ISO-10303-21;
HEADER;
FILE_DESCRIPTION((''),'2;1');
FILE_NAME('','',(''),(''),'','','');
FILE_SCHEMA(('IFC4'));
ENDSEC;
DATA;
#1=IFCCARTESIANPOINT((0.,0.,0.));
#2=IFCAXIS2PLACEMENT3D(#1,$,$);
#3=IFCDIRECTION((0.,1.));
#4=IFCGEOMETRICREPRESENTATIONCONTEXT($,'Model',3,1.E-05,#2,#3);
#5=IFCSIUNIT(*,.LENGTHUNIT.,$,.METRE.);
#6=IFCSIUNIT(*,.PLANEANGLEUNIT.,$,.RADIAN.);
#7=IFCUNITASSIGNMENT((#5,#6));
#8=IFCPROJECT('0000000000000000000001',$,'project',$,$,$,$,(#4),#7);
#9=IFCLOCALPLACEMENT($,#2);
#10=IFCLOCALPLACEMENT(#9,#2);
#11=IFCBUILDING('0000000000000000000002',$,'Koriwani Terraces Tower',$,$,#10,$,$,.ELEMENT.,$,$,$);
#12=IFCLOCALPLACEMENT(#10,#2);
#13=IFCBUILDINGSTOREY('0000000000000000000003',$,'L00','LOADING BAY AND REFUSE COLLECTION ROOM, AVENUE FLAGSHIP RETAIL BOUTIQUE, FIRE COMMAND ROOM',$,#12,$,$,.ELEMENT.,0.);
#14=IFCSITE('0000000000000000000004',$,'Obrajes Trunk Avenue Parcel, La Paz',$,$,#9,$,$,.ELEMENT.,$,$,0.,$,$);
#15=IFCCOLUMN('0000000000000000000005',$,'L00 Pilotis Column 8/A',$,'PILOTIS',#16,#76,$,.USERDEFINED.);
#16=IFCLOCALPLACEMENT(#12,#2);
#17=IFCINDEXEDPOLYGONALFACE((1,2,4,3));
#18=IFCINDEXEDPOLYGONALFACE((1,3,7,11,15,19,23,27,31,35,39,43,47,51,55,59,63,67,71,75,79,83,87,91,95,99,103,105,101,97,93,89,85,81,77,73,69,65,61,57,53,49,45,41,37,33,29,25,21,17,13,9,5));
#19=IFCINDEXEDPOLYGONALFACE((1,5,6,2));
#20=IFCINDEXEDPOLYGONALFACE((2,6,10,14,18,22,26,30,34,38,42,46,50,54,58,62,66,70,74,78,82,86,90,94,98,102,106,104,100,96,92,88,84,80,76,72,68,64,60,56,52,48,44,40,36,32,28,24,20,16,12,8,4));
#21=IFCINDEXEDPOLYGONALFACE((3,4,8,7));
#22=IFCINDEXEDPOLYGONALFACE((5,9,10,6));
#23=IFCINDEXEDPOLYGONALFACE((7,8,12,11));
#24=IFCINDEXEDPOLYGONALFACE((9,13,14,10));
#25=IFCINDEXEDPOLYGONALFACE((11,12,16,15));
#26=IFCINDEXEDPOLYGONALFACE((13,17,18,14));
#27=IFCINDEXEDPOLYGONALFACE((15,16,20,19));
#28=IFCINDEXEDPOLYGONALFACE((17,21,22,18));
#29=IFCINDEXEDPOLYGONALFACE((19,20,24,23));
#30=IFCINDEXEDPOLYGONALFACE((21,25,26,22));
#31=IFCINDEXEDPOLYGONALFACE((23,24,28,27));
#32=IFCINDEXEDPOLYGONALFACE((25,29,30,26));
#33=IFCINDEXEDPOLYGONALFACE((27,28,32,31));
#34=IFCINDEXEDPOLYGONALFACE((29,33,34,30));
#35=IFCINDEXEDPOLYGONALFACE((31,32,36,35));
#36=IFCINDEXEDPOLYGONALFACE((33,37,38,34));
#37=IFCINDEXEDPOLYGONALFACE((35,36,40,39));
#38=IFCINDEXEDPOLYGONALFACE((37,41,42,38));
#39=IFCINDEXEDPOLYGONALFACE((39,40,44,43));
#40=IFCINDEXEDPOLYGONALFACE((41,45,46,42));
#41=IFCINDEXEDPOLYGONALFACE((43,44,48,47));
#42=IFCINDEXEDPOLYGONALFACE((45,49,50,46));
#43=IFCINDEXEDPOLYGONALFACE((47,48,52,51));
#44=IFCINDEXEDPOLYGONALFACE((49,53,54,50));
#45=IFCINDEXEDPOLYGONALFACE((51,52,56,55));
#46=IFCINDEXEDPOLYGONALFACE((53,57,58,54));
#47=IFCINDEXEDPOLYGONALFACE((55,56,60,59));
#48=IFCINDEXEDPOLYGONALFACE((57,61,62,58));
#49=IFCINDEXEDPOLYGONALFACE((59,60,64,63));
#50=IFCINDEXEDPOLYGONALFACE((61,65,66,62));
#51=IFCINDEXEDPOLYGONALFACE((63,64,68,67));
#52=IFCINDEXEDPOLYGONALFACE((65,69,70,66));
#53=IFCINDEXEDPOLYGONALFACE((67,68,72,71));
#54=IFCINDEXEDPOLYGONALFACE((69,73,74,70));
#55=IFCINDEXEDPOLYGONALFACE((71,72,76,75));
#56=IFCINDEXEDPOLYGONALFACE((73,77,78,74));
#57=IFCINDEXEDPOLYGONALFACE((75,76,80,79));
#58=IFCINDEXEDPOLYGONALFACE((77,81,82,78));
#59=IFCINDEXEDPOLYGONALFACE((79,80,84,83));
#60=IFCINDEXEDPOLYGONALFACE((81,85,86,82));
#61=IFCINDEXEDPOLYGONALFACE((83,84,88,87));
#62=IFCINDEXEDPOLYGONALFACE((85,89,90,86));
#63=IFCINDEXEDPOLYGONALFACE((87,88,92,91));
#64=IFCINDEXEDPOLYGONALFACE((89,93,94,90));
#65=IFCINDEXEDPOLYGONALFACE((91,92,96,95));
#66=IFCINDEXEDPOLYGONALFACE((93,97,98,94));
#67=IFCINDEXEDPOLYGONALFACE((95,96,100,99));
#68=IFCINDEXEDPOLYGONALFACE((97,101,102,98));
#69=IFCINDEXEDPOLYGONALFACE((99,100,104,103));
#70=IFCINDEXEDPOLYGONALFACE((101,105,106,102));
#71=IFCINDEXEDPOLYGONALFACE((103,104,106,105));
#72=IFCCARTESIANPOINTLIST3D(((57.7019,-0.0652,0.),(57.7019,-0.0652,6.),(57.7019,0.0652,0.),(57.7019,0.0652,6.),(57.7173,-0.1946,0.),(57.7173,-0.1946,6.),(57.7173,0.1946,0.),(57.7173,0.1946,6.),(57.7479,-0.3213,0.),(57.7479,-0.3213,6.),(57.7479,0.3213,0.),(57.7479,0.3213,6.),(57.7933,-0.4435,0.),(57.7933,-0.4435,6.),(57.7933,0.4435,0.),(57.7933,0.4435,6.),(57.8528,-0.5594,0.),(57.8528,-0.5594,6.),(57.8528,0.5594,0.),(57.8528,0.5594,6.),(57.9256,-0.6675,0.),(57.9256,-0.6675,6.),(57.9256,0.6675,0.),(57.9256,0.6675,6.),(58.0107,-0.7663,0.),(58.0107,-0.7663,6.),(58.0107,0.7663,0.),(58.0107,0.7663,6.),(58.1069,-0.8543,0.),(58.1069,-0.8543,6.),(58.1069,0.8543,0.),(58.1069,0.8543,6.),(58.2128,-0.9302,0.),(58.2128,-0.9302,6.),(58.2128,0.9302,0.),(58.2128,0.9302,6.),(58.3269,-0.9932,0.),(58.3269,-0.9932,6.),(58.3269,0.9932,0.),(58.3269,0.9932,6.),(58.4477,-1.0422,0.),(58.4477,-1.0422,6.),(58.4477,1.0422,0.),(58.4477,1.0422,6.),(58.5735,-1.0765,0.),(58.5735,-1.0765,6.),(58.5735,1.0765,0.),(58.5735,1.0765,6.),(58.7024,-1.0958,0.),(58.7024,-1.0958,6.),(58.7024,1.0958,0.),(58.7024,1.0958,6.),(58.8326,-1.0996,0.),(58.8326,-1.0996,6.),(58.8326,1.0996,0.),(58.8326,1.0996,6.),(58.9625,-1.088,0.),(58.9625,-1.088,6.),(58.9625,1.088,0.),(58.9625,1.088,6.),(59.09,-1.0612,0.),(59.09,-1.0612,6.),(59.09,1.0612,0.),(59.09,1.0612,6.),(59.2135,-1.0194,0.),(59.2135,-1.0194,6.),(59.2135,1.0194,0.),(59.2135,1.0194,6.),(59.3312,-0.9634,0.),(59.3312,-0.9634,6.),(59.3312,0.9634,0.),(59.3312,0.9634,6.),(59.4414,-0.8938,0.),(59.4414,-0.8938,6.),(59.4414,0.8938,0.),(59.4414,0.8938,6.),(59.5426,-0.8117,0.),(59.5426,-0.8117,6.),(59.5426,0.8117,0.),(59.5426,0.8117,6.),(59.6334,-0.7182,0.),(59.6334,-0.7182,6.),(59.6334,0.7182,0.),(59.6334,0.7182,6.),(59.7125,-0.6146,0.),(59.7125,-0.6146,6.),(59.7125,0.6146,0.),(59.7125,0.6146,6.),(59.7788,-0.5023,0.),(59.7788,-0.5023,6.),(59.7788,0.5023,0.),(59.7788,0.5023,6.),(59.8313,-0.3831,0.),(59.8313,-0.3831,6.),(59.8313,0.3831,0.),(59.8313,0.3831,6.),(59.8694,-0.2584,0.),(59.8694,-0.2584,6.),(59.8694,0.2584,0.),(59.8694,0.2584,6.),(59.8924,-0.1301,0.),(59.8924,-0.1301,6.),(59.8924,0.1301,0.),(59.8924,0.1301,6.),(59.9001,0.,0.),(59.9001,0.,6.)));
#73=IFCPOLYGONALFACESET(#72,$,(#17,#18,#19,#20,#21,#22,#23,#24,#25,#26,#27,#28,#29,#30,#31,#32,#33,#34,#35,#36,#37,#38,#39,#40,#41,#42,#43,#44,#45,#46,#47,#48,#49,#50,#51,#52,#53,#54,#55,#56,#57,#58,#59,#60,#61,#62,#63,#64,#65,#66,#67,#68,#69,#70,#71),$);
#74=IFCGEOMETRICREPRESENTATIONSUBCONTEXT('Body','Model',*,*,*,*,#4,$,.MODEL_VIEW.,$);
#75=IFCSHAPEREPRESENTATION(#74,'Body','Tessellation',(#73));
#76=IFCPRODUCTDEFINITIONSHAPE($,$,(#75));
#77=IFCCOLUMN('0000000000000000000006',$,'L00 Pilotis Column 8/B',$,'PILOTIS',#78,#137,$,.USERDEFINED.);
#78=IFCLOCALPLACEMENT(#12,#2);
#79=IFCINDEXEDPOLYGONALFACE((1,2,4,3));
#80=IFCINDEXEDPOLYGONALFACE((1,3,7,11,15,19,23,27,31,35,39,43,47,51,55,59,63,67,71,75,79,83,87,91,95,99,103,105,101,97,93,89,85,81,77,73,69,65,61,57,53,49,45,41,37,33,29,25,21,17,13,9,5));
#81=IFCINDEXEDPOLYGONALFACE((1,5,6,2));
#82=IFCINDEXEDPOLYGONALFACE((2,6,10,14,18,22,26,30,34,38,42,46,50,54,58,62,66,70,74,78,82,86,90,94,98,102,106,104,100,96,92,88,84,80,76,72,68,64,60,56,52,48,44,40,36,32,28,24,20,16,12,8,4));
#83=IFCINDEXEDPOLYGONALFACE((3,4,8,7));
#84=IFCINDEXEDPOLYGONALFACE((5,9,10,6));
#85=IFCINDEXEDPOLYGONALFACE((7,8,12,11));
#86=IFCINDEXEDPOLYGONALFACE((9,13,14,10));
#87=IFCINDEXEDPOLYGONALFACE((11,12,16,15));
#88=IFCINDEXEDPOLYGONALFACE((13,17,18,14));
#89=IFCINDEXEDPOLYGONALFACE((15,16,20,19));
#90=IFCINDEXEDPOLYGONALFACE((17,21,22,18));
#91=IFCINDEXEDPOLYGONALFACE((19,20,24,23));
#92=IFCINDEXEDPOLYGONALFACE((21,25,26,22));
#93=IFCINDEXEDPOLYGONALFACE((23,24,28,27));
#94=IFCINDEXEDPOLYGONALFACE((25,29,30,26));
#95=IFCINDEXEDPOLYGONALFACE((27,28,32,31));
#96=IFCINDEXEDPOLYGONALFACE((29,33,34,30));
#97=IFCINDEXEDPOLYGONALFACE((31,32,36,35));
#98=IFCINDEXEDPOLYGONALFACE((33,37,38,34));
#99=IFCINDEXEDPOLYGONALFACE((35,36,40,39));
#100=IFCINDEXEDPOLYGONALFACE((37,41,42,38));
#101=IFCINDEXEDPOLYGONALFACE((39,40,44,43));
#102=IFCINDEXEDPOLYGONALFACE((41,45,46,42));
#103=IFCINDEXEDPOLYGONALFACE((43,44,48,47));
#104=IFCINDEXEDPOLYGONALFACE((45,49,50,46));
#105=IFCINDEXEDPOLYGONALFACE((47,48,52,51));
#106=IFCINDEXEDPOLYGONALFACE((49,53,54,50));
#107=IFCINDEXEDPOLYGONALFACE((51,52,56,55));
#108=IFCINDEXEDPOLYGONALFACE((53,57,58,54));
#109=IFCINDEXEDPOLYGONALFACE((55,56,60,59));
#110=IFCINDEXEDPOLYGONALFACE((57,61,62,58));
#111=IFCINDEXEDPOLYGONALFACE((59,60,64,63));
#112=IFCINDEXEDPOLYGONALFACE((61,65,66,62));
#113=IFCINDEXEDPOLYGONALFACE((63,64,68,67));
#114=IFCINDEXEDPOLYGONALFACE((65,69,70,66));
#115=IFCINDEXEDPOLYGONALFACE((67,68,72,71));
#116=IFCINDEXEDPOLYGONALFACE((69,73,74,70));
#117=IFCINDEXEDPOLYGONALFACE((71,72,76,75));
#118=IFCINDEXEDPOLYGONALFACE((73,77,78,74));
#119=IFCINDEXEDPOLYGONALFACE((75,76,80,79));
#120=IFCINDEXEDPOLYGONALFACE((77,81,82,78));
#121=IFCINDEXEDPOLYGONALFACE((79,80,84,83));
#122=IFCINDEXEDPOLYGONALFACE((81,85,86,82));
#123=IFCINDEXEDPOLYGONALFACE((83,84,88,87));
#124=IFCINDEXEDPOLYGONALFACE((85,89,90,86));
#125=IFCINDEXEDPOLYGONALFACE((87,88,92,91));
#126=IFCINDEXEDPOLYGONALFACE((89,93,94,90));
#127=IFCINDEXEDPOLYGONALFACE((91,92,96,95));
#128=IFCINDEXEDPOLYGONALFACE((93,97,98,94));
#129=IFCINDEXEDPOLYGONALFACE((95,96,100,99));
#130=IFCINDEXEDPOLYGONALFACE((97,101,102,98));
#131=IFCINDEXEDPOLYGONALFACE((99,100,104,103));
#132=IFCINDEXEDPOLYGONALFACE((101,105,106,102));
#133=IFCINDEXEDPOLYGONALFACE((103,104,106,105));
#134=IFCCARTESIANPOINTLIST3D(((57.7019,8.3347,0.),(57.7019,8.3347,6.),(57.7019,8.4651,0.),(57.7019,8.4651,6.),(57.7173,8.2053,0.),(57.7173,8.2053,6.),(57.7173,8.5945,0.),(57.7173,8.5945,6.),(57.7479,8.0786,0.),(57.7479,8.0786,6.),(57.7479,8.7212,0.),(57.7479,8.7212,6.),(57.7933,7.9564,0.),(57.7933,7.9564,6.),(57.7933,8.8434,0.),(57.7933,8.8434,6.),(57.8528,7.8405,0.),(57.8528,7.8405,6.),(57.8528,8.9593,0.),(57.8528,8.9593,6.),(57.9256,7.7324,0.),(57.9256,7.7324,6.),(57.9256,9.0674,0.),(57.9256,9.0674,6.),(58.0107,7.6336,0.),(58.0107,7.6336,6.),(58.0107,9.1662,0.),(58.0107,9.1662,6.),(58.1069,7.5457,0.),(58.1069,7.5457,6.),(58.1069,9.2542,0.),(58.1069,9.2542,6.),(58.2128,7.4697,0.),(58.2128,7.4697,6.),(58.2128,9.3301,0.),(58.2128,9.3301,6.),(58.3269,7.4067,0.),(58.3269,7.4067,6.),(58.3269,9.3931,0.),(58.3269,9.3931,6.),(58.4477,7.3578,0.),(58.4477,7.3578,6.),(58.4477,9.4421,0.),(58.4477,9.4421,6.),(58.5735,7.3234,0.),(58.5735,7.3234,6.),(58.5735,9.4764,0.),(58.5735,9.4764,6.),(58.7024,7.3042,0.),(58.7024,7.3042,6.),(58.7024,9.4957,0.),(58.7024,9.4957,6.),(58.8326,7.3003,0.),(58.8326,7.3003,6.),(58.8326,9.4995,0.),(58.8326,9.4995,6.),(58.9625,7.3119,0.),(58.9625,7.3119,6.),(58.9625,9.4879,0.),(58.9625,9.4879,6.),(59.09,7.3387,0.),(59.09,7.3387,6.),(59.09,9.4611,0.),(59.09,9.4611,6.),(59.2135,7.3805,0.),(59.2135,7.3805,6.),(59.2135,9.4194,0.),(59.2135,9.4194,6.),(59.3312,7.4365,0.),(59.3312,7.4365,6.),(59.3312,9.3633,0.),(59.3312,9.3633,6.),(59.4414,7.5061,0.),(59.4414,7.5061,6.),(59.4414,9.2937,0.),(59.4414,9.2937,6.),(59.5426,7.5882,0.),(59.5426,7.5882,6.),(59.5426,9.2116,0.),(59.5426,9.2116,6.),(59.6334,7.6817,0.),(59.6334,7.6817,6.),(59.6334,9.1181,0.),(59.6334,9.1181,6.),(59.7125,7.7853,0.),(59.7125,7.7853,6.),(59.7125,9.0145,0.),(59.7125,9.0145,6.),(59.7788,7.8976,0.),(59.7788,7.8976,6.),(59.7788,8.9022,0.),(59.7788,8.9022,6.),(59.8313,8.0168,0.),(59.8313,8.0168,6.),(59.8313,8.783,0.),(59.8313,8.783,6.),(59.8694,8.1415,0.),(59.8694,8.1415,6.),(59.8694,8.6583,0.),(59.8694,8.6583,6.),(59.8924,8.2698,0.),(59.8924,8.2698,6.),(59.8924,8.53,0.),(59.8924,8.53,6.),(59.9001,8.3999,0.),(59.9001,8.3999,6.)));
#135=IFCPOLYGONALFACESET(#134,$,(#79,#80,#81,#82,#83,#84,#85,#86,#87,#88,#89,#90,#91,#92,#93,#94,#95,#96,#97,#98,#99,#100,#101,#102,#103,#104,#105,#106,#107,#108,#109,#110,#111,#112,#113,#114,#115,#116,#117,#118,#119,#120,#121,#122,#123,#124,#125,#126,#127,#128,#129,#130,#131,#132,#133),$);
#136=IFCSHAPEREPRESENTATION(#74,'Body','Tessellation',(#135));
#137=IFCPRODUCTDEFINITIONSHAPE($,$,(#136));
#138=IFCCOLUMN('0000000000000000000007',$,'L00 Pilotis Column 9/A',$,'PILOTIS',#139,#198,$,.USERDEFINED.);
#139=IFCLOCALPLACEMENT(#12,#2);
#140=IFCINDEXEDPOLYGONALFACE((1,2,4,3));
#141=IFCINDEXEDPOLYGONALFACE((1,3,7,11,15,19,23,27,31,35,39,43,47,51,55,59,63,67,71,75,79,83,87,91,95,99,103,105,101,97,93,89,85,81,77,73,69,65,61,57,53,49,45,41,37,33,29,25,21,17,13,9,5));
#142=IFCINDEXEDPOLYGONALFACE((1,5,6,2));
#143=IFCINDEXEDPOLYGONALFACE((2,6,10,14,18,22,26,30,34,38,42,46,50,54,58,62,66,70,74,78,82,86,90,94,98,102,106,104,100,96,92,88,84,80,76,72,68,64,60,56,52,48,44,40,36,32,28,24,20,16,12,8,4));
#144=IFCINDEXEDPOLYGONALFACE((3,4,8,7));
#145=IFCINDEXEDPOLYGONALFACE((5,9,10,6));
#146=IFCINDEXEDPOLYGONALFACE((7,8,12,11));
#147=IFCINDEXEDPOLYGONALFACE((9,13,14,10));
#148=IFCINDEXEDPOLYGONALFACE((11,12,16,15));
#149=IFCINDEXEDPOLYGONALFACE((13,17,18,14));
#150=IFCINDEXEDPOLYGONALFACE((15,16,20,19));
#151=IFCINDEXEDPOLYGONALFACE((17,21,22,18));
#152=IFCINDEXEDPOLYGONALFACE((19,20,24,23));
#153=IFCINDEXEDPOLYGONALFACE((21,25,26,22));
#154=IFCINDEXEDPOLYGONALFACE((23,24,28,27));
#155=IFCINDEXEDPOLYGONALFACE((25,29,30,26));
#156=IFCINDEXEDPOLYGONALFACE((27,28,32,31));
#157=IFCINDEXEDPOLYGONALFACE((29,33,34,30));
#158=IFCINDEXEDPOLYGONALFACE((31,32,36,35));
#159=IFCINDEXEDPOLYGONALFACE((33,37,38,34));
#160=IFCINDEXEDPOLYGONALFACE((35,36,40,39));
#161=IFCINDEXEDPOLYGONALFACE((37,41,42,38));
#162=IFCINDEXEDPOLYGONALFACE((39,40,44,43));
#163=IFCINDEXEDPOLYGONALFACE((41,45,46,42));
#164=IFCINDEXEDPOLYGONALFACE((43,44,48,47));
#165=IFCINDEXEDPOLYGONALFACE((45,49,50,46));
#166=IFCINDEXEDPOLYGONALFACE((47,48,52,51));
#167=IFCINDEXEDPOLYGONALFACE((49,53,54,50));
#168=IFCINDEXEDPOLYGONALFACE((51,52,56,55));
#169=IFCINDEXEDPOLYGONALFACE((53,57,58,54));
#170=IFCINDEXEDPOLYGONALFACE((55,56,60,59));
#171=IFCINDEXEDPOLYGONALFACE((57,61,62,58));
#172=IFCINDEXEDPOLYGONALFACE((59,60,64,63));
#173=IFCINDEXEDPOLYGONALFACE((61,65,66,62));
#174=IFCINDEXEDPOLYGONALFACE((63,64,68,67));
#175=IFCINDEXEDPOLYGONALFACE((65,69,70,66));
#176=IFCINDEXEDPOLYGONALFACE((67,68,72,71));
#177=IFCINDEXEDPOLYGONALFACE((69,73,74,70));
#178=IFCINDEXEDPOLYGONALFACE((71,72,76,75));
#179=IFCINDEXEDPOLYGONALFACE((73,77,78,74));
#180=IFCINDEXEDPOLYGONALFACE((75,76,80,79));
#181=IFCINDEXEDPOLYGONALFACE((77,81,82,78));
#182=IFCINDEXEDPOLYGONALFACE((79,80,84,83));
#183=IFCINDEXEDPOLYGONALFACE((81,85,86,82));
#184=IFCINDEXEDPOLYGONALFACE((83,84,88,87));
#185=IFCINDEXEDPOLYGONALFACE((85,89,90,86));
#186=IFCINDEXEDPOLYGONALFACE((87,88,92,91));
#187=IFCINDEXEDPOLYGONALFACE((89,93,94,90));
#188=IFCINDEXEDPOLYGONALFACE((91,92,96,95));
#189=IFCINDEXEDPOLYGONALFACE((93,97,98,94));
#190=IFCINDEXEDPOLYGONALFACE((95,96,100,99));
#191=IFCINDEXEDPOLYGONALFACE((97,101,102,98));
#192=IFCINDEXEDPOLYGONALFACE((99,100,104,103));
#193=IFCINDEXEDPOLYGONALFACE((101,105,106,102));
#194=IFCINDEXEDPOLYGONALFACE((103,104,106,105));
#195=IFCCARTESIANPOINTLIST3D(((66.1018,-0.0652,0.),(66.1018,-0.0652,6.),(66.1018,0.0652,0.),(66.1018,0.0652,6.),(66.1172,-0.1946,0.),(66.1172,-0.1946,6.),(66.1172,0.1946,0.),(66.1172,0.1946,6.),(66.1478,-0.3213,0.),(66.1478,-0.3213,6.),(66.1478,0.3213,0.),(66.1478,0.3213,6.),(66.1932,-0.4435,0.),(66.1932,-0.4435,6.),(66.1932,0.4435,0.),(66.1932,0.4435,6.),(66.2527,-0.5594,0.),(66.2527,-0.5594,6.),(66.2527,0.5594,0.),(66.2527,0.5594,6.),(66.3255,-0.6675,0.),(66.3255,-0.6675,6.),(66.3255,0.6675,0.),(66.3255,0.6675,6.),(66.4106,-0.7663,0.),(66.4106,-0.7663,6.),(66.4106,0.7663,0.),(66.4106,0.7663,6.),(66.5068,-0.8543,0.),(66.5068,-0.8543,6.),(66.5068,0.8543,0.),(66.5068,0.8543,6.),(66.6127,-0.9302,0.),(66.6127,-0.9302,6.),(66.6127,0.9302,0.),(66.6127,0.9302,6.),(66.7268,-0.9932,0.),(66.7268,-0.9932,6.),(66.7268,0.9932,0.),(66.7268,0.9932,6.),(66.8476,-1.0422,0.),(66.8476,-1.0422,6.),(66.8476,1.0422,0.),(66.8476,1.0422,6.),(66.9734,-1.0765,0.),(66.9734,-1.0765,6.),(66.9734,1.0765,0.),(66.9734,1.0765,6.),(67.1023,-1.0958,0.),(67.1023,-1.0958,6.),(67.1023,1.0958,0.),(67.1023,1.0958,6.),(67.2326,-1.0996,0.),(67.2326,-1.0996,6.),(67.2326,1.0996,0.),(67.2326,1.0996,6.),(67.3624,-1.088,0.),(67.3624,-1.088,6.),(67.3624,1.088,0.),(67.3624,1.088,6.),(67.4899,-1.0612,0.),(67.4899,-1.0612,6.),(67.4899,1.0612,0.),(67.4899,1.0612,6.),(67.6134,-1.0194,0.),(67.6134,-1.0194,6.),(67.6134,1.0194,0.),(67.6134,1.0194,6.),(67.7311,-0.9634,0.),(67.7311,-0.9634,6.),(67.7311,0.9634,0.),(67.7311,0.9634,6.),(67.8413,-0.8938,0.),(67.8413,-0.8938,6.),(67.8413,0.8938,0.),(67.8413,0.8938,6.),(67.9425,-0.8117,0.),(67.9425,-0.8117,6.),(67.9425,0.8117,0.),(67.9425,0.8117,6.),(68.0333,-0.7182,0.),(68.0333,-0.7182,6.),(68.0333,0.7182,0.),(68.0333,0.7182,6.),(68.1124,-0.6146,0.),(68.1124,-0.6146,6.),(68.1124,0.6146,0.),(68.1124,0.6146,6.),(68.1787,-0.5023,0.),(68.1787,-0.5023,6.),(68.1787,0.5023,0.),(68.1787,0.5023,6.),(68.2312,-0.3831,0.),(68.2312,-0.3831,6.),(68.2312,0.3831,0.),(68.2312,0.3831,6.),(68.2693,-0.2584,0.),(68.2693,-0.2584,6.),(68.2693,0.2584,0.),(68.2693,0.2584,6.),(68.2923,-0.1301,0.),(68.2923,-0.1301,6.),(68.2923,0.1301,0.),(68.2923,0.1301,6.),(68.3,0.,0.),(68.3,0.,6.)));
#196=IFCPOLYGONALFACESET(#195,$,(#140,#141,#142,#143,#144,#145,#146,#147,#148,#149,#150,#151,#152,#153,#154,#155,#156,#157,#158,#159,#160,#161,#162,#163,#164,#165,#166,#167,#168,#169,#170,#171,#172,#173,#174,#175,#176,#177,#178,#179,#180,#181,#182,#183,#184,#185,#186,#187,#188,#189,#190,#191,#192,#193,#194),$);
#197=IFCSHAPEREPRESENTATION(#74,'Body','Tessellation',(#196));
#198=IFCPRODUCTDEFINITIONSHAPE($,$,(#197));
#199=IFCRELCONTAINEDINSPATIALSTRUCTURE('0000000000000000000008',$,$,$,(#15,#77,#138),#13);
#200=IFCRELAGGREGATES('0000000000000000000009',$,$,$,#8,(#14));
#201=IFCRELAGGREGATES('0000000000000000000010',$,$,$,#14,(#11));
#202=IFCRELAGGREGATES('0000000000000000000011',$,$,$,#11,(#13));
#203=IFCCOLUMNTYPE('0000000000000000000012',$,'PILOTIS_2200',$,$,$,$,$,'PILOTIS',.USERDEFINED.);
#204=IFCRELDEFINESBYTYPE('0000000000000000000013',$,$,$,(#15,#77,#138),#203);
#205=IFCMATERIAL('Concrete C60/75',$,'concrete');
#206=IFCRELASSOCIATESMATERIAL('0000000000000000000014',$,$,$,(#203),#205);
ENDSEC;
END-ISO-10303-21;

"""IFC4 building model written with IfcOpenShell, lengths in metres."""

from ifc_helpers import new_model, si_unit, direction, frame, origin, origin_2d, place, context, subcontext, project, spatial, circle, extrude, material, material_profile, profile_set, type_object, element, save


model = new_model("IFC4")

# Units and contexts
model_context = context("Model", 3, precision=1e-05, world=origin(), true_north=direction((0.0, 1.0)))
body_context = subcontext(model_context, "Body", "Model", "MODEL_VIEW")
ifc_project = project(units=[si_unit("LENGTHUNIT", "METRE"), si_unit("PLANEANGLEUNIT", "RADIAN")], contexts=[model_context])

# Site, building, storey
site_placement = place(None, origin())
site = spatial("IfcSite", under=ifc_project, at=site_placement, Name="Obrajes Trunk Avenue Parcel, La Paz", CompositionType="ELEMENT", RefElevation=0.0)
building_placement = place(site_placement, origin())
building = spatial("IfcBuilding", under=site, at=building_placement, Name="Koriwani Terraces Tower", CompositionType="ELEMENT")
storey_placement = place(building_placement, origin())
storey = spatial("IfcBuildingStorey", under=building, at=storey_placement, Name="L00", Description="LOADING BAY AND REFUSE COLLECTION ROOM, AVENUE FLAGSHIP RETAIL BOUTIQUE, FIRE COMMAND ROOM", CompositionType="ELEMENT", Elevation=0.0)

# Columns
ifc_material_1 = material(Name="Concrete C60/75", Category="concrete")
ifc_material_profile_1 = material_profile(ifc_material_1, circle(Radius=1.1001, at=origin_2d()), Name="Concrete C60/75", Category="LoadBearing")
ifc_profile_set_1 = profile_set([ifc_material_profile_1], Name="Concrete C60/75")
column_type = type_object("IfcColumnType", Name="PILOTIS_2200", ElementType="PILOTIS", PredefinedType="USERDEFINED", material=ifc_profile_set_1)
for number, where, z_axis, x_axis, name in (
    (1, (58.8, 0.0, 0.0), (0.0, 0.0, 1.0), (1.0, 0.0, 0.0), "L00 Pilotis Column 8/A"),
    (2, (58.8, 8.3999, 0.0), (0.0, 0.0, 1.0), (1.0, 0.0, 0.0), "L00 Pilotis Column 8/B"),
    (3, (67.2, 0.0, 0.0), (0.0, 0.0, 1.0), (1.0, 0.0, 0.0), "L00 Pilotis Column 9/A"),
):
    element("IfcColumn", number, at=place(storey_placement, frame(where, z_axis=z_axis, x_axis=x_axis)), inside=storey, type_object=column_type, Name=name, ObjectType="PILOTIS", PredefinedType="USERDEFINED", context=body_context, shape_type="SweptSolid", body=[
        extrude(circle(Radius=1.1001, at=origin_2d()), origin(), (0.0, 0.0, 1.0), 6.0),
    ])

save(model, "model.ifc")
